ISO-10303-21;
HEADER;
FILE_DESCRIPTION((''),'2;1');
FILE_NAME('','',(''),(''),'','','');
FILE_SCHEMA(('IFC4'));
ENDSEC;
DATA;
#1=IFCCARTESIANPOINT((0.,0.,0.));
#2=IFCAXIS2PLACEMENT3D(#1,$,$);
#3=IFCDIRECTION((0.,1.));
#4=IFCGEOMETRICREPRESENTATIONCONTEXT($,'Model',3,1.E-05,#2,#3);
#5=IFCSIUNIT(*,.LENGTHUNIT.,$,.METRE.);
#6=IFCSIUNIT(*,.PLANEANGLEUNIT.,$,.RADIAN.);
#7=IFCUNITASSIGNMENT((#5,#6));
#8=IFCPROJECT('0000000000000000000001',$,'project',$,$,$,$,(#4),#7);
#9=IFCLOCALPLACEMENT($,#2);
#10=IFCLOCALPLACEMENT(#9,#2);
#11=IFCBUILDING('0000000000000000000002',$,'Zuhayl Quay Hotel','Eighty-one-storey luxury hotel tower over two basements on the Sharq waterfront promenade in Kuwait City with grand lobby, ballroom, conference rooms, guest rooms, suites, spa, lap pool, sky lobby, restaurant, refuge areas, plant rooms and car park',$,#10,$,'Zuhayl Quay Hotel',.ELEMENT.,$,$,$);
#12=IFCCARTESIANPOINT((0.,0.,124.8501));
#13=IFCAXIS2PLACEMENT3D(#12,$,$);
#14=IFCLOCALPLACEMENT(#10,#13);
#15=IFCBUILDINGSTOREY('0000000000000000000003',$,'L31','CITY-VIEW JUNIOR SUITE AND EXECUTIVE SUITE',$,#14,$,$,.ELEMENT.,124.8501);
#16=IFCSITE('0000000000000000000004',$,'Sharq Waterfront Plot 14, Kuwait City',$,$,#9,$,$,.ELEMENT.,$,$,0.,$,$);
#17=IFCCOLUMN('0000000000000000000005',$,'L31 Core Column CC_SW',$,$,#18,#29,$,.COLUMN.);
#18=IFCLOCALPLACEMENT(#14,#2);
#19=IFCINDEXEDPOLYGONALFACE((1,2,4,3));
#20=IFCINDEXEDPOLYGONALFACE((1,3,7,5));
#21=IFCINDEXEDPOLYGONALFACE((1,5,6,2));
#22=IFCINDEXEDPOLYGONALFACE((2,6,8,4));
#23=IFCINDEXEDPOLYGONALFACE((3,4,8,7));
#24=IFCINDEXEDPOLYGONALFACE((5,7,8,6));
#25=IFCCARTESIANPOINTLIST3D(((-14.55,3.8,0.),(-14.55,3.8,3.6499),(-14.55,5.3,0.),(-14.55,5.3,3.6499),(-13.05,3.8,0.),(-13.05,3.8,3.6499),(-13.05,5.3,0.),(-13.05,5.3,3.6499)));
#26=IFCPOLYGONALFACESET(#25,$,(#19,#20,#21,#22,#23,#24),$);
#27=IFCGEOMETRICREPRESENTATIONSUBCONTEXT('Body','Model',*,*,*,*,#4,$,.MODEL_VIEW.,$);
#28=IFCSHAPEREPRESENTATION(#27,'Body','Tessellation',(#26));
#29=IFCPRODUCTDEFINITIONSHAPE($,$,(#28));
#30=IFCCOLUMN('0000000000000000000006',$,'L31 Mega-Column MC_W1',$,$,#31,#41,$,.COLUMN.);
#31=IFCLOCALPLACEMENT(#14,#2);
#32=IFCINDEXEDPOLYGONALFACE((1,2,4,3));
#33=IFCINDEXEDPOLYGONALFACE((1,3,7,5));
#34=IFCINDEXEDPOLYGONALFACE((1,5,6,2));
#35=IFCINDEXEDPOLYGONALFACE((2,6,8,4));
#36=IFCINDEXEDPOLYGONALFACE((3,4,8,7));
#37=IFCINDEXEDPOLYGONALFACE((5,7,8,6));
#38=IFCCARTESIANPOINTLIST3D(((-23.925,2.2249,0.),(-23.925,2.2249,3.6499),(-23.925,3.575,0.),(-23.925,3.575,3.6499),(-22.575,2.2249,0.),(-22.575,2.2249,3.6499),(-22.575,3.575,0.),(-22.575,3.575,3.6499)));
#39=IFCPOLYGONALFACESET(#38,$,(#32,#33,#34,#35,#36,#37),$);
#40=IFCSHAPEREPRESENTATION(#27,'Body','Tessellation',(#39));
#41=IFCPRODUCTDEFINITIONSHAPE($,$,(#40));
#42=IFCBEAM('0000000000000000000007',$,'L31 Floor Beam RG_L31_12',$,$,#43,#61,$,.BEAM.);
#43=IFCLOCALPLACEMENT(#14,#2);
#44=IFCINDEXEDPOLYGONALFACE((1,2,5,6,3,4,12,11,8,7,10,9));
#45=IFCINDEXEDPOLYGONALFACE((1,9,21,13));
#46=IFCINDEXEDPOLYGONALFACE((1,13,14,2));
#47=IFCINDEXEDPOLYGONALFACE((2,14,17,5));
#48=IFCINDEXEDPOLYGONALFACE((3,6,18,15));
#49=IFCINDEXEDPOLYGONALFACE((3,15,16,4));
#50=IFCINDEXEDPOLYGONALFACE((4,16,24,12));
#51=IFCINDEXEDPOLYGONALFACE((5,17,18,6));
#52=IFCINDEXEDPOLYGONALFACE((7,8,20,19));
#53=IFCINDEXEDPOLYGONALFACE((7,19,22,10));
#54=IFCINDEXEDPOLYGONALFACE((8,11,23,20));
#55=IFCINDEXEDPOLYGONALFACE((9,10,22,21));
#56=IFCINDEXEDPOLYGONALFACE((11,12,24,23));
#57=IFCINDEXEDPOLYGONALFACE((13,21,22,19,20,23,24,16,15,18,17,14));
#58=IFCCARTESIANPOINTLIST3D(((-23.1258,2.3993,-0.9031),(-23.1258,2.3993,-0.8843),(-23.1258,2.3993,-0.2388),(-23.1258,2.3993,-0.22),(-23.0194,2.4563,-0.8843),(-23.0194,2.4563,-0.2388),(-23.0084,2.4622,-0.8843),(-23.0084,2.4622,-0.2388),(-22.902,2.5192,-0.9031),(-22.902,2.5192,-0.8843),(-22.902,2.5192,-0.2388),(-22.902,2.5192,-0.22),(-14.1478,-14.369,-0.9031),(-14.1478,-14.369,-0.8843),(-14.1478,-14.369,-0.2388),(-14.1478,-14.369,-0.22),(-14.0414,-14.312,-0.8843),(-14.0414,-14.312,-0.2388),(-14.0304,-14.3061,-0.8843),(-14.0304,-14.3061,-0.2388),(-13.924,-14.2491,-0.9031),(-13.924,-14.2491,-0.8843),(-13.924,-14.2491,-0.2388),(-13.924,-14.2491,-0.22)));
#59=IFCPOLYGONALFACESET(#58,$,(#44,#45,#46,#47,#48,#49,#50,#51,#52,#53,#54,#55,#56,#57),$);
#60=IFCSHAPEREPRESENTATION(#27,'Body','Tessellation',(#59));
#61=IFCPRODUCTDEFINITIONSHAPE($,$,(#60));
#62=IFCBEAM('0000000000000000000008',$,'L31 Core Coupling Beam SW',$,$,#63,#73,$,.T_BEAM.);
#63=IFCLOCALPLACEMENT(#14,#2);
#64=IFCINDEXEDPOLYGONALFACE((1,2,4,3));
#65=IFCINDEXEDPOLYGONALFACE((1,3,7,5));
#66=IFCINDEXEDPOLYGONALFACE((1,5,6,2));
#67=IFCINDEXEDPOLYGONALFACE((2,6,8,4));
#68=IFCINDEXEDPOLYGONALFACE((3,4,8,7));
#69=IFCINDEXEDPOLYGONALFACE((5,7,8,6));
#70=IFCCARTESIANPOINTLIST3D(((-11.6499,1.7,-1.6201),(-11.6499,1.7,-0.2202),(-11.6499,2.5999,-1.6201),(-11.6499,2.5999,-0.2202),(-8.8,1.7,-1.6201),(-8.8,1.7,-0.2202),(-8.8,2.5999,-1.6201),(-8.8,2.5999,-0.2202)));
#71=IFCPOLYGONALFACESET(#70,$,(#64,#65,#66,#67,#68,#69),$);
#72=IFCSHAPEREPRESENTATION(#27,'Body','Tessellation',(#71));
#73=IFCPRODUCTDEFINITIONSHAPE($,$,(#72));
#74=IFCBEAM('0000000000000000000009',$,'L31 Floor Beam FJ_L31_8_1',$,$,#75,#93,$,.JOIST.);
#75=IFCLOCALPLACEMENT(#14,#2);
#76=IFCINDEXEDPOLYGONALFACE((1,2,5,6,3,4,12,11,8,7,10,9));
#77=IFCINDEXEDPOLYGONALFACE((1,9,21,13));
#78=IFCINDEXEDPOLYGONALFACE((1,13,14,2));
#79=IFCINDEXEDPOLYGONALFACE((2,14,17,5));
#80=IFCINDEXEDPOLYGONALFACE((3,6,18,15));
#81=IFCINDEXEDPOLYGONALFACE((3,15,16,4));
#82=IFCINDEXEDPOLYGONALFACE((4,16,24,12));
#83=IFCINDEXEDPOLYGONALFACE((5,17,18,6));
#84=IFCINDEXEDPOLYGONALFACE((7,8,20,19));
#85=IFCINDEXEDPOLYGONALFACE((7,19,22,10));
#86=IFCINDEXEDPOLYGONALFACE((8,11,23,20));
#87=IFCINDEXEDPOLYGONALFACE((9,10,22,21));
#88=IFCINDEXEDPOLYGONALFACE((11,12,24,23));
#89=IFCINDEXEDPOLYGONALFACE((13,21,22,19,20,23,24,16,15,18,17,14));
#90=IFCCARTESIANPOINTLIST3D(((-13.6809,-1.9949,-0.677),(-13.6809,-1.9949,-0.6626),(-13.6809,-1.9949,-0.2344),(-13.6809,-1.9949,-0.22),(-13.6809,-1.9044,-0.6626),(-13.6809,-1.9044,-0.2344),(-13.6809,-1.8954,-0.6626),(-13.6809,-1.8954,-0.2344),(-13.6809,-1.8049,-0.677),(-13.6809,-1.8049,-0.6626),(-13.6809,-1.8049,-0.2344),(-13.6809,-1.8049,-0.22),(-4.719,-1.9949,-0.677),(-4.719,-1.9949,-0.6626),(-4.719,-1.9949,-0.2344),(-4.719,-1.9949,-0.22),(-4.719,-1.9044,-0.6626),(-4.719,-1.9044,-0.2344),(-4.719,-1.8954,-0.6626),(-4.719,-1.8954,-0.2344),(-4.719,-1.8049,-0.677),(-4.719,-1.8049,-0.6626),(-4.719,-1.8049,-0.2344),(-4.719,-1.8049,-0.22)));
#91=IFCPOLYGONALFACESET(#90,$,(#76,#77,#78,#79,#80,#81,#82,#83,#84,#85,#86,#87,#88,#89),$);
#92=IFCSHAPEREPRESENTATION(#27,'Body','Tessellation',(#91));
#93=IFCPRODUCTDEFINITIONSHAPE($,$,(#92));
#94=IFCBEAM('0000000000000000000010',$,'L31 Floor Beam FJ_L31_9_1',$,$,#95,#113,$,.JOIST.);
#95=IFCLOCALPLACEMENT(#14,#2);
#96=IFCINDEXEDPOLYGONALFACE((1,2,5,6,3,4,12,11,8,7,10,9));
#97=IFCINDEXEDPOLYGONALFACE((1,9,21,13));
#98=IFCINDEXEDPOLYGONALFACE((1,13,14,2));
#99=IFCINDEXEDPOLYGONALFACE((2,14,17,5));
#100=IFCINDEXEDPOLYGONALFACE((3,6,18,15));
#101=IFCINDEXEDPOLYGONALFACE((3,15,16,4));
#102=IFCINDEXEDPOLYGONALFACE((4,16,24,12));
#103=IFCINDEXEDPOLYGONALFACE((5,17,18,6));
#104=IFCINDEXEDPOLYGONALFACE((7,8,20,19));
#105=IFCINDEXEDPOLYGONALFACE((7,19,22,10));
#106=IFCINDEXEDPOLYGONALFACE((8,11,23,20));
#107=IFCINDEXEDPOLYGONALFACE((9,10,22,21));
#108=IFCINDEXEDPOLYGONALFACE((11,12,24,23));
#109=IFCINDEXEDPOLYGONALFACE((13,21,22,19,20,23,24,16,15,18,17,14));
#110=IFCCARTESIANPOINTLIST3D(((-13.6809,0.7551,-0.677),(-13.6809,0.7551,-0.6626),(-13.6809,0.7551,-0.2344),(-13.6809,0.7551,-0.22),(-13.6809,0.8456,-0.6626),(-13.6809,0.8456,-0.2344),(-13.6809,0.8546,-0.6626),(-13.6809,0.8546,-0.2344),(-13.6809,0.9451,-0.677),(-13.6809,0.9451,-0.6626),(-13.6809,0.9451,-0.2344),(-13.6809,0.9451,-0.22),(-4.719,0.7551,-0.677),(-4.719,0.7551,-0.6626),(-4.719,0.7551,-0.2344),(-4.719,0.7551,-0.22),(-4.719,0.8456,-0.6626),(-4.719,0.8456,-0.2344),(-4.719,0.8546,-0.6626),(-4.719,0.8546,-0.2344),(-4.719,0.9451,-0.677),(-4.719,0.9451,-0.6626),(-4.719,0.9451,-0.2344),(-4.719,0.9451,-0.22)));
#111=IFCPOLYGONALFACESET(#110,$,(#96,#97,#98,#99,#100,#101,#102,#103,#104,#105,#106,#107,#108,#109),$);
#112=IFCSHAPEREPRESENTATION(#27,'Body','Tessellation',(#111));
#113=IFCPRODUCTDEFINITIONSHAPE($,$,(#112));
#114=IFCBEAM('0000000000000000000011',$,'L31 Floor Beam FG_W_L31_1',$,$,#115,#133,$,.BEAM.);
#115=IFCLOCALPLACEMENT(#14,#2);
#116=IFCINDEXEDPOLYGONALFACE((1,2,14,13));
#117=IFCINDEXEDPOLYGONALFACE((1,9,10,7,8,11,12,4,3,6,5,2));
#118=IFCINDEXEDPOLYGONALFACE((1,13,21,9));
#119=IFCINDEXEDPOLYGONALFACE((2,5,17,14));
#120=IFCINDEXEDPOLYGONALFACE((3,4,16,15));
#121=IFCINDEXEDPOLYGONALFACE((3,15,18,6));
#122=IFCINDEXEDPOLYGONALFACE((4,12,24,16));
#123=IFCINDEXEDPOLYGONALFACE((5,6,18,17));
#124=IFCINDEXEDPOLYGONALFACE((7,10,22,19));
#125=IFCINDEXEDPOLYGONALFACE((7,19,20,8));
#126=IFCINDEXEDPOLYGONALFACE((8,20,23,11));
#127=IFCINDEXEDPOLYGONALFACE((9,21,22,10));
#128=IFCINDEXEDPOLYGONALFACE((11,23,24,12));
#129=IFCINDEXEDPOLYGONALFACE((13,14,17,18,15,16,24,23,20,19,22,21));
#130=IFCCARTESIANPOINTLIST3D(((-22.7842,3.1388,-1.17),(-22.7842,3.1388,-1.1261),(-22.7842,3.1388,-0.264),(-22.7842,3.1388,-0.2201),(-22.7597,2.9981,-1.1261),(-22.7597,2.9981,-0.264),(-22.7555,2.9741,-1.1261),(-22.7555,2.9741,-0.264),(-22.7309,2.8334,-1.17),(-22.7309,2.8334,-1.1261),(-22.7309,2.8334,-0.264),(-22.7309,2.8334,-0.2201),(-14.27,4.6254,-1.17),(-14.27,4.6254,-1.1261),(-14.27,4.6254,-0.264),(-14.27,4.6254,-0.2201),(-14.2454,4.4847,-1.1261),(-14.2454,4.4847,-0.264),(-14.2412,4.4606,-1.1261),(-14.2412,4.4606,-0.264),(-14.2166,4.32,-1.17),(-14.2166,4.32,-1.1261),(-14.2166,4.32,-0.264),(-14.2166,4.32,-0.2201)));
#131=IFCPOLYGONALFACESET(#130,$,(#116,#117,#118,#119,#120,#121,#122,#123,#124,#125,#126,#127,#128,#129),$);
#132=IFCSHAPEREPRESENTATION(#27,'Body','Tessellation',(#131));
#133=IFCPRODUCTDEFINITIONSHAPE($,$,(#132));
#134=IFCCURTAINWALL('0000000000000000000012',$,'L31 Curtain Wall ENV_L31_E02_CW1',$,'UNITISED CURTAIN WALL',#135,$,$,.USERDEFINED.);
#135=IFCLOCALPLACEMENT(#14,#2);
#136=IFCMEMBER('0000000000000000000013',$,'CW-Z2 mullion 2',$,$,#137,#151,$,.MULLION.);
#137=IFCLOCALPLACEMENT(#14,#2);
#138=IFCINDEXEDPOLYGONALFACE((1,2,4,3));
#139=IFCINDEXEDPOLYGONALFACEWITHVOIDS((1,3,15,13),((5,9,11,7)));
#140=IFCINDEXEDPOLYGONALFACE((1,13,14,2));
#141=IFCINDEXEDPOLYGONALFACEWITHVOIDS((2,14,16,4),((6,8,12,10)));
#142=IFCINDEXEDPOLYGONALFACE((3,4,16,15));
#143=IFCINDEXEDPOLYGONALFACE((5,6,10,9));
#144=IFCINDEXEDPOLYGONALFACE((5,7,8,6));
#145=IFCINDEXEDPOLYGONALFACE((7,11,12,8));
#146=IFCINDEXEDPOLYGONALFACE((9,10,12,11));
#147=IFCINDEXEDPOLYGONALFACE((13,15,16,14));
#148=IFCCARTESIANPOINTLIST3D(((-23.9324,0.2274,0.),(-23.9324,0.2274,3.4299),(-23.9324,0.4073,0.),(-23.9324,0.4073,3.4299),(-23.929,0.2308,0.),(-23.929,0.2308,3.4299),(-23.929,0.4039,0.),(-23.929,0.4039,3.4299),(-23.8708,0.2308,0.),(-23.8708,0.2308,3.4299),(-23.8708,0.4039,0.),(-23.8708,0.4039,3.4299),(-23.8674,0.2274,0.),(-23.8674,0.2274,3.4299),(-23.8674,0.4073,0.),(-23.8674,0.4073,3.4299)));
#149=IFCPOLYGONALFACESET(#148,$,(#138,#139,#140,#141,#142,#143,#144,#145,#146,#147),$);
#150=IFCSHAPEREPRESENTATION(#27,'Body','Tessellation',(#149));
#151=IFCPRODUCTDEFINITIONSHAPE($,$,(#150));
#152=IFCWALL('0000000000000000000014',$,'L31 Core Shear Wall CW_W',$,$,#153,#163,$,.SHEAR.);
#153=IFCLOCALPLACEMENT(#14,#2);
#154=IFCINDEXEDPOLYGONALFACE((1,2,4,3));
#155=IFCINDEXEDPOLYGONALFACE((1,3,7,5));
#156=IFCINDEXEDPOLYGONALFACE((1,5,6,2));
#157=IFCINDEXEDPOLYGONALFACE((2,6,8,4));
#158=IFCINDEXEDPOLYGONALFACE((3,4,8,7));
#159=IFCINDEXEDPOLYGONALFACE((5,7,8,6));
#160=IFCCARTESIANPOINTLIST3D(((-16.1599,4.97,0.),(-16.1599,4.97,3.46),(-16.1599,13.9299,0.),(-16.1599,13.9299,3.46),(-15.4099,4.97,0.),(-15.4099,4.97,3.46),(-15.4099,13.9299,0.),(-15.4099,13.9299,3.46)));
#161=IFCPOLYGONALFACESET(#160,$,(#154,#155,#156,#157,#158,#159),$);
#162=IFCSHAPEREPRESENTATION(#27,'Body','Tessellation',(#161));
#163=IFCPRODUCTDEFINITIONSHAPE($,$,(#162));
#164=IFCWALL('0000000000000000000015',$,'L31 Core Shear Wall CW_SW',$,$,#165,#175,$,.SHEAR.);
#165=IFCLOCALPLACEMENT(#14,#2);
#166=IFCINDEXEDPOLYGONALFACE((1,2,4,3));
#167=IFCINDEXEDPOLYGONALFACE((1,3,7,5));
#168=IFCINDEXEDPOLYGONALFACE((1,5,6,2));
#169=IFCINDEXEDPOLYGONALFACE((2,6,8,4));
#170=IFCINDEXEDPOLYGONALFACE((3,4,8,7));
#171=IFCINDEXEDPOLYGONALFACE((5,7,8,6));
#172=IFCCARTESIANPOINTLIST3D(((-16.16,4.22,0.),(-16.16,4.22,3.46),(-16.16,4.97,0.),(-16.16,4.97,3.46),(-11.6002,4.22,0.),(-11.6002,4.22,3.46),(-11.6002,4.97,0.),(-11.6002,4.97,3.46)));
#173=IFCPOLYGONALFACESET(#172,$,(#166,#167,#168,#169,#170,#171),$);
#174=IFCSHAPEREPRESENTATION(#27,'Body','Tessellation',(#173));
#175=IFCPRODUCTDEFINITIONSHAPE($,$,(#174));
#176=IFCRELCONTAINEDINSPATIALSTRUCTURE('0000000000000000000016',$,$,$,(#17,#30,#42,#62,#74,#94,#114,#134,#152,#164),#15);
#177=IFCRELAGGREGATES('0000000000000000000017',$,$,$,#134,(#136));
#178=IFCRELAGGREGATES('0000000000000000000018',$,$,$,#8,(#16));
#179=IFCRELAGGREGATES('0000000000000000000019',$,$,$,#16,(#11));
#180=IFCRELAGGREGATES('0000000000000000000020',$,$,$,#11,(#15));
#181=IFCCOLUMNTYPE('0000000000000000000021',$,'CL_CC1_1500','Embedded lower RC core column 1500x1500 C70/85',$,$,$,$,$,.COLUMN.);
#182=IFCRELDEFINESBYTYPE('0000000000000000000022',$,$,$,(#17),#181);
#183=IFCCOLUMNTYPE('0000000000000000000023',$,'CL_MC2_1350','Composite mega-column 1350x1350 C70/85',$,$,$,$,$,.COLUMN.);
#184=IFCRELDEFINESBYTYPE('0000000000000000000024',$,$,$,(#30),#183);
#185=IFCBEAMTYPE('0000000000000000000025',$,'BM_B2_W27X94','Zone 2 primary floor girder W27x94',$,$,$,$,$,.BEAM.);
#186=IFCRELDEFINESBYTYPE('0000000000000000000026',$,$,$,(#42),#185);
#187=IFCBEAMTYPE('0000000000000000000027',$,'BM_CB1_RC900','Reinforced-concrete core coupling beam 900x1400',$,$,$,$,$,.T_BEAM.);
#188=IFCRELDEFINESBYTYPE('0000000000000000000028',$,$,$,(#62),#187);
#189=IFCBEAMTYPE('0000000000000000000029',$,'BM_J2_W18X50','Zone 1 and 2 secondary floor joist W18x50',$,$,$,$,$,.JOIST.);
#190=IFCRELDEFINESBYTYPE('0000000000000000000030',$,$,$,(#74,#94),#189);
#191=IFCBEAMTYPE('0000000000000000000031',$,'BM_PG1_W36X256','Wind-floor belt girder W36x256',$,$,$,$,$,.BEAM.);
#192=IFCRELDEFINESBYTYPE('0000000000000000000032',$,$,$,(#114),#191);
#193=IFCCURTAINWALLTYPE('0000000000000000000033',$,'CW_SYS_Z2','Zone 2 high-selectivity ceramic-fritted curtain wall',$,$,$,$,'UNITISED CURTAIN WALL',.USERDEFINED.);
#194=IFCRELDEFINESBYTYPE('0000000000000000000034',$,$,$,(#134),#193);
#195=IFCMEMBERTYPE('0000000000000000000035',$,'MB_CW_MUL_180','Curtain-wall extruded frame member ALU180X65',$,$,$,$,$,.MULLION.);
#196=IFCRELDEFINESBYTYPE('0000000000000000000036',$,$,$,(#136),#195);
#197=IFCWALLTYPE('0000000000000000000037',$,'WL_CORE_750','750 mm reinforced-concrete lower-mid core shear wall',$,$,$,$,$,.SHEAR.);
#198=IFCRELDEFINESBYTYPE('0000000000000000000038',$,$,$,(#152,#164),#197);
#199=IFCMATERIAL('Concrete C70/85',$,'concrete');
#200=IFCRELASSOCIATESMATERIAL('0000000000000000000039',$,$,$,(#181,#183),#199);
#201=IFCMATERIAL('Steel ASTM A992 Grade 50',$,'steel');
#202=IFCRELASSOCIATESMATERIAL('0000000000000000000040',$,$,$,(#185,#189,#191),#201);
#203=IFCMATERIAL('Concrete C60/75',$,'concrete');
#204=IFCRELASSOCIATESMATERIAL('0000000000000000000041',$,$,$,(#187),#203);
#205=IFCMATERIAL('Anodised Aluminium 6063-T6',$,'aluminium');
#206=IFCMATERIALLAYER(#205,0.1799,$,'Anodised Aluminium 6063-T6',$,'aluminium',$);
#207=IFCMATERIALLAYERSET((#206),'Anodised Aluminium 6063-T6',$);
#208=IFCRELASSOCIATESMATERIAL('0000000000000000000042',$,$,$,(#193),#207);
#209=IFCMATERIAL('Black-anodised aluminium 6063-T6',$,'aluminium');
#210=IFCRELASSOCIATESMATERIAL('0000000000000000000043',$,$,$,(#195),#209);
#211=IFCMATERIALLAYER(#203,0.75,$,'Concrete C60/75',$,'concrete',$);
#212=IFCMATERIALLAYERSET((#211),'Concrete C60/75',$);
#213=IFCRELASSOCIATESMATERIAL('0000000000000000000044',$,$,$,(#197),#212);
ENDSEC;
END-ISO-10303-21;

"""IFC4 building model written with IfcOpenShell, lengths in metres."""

from ifc_helpers import new_model, si_unit, direction, frame, frame_2d, origin, origin_2d, place, context, subcontext, project, spatial, rectangle, hollow_rectangle, i_section, extrude, material, layer, layer_set, material_profile, profile_set, type_object, element, aggregate, save


model = new_model("IFC4")

# Units and contexts
model_context = context("Model", 3, precision=1e-05, world=origin(), true_north=direction((0.0, 1.0)))
body_context = subcontext(model_context, "Body", "Model", "MODEL_VIEW")
ifc_project = project(units=[si_unit("LENGTHUNIT", "METRE"), si_unit("PLANEANGLEUNIT", "RADIAN")], contexts=[model_context])

# Site, building, storey
site_placement = place(None, origin())
site = spatial("IfcSite", under=ifc_project, at=site_placement, Name="Sharq Waterfront Plot 14, Kuwait City", CompositionType="ELEMENT", RefElevation=0.0)
building_placement = place(site_placement, origin())
building = spatial("IfcBuilding", under=site, at=building_placement, Name="Zuhayl Quay Hotel", Description="Eighty-one-storey luxury hotel tower over two basements on the Sharq waterfront promenade in Kuwait City with grand lobby, ballroom, conference rooms, guest rooms, suites, spa, lap pool, sky lobby, restaurant, refuge areas, plant rooms and car park", LongName="Zuhayl Quay Hotel", CompositionType="ELEMENT")
storey_placement = place(building_placement, frame((0.0, 0.0, 124.8501)))
storey = spatial("IfcBuildingStorey", under=building, at=storey_placement, Name="L31", Description="CITY-VIEW JUNIOR SUITE AND EXECUTIVE SUITE", CompositionType="ELEMENT", Elevation=124.8501)

# Columns
ifc_material_1 = material(Name="Concrete C70/85", Category="concrete")
ifc_material_profile_1 = material_profile(ifc_material_1, rectangle(XDim=1.5, YDim=1.5, at=origin_2d()), Name="RC1500X1500")
ifc_profile_set_1 = profile_set([ifc_material_profile_1], Name="Concrete C70/85")
column_type_1 = type_object("IfcColumnType", Name="CL_CC1_1500", Description="Embedded lower RC core column 1500x1500 C70/85", PredefinedType="COLUMN", material=ifc_profile_set_1)
column_1_placement = place(storey_placement, frame((-13.8, 4.55, 0.0), z_axis=(0.0, 0.0, 1.0), x_axis=(1.0, 0.0, 0.0)))
element("IfcColumn", 1, at=column_1_placement, inside=storey, type_object=column_type_1, Name="L31 Core Column CC_SW", PredefinedType="COLUMN", context=body_context, shape_type="SweptSolid", body=[
    extrude(rectangle(XDim=1.5, YDim=1.5, at=origin_2d()), origin(), (0.0, 0.0, 1.0), 3.6499),
])
ifc_material_profile_2 = material_profile(ifc_material_1, rectangle(XDim=1.3501, YDim=1.3501, at=origin_2d()), Name="RC1350X1350")
ifc_profile_set_2 = profile_set([ifc_material_profile_2], Name="Concrete C70/85")
column_type_2 = type_object("IfcColumnType", Name="CL_MC2_1350", Description="Composite mega-column 1350x1350 C70/85", PredefinedType="COLUMN", material=ifc_profile_set_2)
column_2_placement = place(storey_placement, frame((-23.25, 2.8999, 0.0), z_axis=(0.0, 0.0, 1.0), x_axis=(1.0, 0.0, 0.0)))
element("IfcColumn", 2, at=column_2_placement, inside=storey, type_object=column_type_2, Name="L31 Mega-Column MC_W1", PredefinedType="COLUMN", context=body_context, shape_type="SweptSolid", body=[
    extrude(rectangle(XDim=1.3501, YDim=1.3501, at=origin_2d()), origin(), (0.0, 0.0, 1.0), 3.6499),
])

# Beams
ifc_material_2 = material(Name="Steel ASTM A992 Grade 50", Category="steel")
ifc_material_profile_3 = material_profile(ifc_material_2, i_section(OverallWidth=0.2539, OverallDepth=0.6831, WebThickness=0.0125, FlangeThickness=0.0188, at=origin_2d()), Name="W27X94")
ifc_profile_set_3 = profile_set([ifc_material_profile_3], Name="Steel ASTM A992 Grade 50")
beam_type_1 = type_object("IfcBeamType", Name="BM_B2_W27X94", Description="Zone 2 primary floor girder W27x94", PredefinedType="BEAM", material=ifc_profile_set_3)
beam_1_placement = place(storey_placement, frame((-23.0139, 2.4592, -0.5615), z_axis=(0.472017, -0.881589, 0.0), x_axis=(0.881589, 0.472017, 0.0)))
element("IfcBeam", 3, at=beam_1_placement, inside=storey, type_object=beam_type_1, Name="L31 Floor Beam RG_L31_12", PredefinedType="BEAM", context=body_context, shape_type="SweptSolid", body=[
    extrude(i_section(OverallWidth=0.2539, OverallDepth=0.6831, WebThickness=0.0125, FlangeThickness=0.0188, at=origin_2d()), origin(), (0.0, 0.0, 1.0), 19.0205),
])
ifc_material_3 = material(Name="Concrete C60/75", Category="concrete")
ifc_material_profile_4 = material_profile(ifc_material_3, rectangle(XDim=0.8999, YDim=1.3999, at=origin_2d()), Name="RC900X1400")
ifc_profile_set_4 = profile_set([ifc_material_profile_4], Name="Concrete C60/75")
beam_type_2 = type_object("IfcBeamType", Name="BM_CB1_RC900", Description="Reinforced-concrete core coupling beam 900x1400", PredefinedType="T_BEAM", material=ifc_profile_set_4)
beam_2_placement = place(storey_placement, frame((-11.6499, 2.1499, -0.9202), z_axis=(1.0, 0.0, 0.0), x_axis=(0.0, 1.0, 0.0)))
element("IfcBeam", 4, at=beam_2_placement, inside=storey, type_object=beam_type_2, Name="L31 Core Coupling Beam SW", PredefinedType="T_BEAM", context=body_context, shape_type="SweptSolid", body=[
    extrude(rectangle(XDim=0.8999, YDim=1.3999, at=origin_2d()), origin(), (0.0, 0.0, 1.0), 2.8499),
])
ifc_material_profile_5 = material_profile(ifc_material_2, i_section(OverallWidth=0.1899, OverallDepth=0.457, WebThickness=0.009, FlangeThickness=0.0144, at=origin_2d()), Name="W18X50")
ifc_profile_set_5 = profile_set([ifc_material_profile_5], Name="Steel ASTM A992 Grade 50")
beam_type_3 = type_object("IfcBeamType", Name="BM_J2_W18X50", Description="Zone 1 and 2 secondary floor joist W18x50", PredefinedType="JOIST", material=ifc_profile_set_5)
for number, where, z_axis, x_axis, name in (
    (5, (-13.6809, -1.8999, -0.4485), (1.0, 0.0, 0.0), (0.0, 1.0, 0.0), "L31 Floor Beam FJ_L31_8_1"),
    (6, (-13.6809, 0.8501, -0.4485), (1.0, 0.0, 0.0), (0.0, 1.0, 0.0), "L31 Floor Beam FJ_L31_9_1"),
):
    element("IfcBeam", number, at=place(storey_placement, frame(where, z_axis=z_axis, x_axis=x_axis)), inside=storey, type_object=beam_type_3, Name=name, PredefinedType="JOIST", context=body_context, shape_type="SweptSolid", body=[
        extrude(i_section(OverallWidth=0.1899, OverallDepth=0.457, WebThickness=0.009, FlangeThickness=0.0144, at=origin_2d()), origin(), (0.0, 0.0, 1.0), 8.9619),
    ])
ifc_material_profile_6 = material_profile(ifc_material_2, i_section(OverallWidth=0.3101, OverallDepth=0.95, WebThickness=0.0244, FlangeThickness=0.0439, at=origin_2d()), Name="W36X256")
ifc_profile_set_6 = profile_set([ifc_material_profile_6], Name="Steel ASTM A992 Grade 50")
beam_type_4 = type_object("IfcBeamType", Name="BM_PG1_W36X256", Description="Wind-floor belt girder W36x256", PredefinedType="BEAM", material=ifc_profile_set_6)
beam_3_placement = place(storey_placement, frame((-22.7576, 2.9861, -0.6951), z_axis=(0.985097, 0.171998, 0.0), x_axis=(-0.171998, 0.985097, 0.0)))
element("IfcBeam", 7, at=beam_3_placement, inside=storey, type_object=beam_type_4, Name="L31 Floor Beam FG_W_L31_1", PredefinedType="BEAM", context=body_context, shape_type="SweptSolid", body=[
    extrude(i_section(OverallWidth=0.3101, OverallDepth=0.95, WebThickness=0.0244, FlangeThickness=0.0439, at=origin_2d()), origin(), (0.0, 0.0, 1.0), 8.6431),
])

# Curtain wall, member
ifc_material_4 = material(Name="Anodised Aluminium 6063-T6", Category="aluminium")
ifc_layer_1 = layer(ifc_material_4, 0.1799, Name="Anodised Aluminium 6063-T6", Category="aluminium")
ifc_layer_set_1 = layer_set([ifc_layer_1], Name="Anodised Aluminium 6063-T6")
curtain_wall_type = type_object("IfcCurtainWallType", Name="CW_SYS_Z2", Description="Zone 2 high-selectivity ceramic-fritted curtain wall", ElementType="UNITISED CURTAIN WALL", PredefinedType="USERDEFINED", material=ifc_layer_set_1)
curtain_wall_placement = place(storey_placement, origin())
curtain_wall = element("IfcCurtainWall", 8, at=curtain_wall_placement, inside=storey, type_object=curtain_wall_type, Name="L31 Curtain Wall ENV_L31_E02_CW1", ObjectType="UNITISED CURTAIN WALL", PredefinedType="USERDEFINED")
ifc_material_5 = material(Name="Black-anodised aluminium 6063-T6", Category="aluminium")
ifc_material_profile_7 = material_profile(ifc_material_5, hollow_rectangle(XDim=0.0649, YDim=0.1799, WallThickness=0.0034, at=origin_2d()), Name="ALU180X65")
ifc_profile_set_7 = profile_set([ifc_material_profile_7], Name="Black-anodised aluminium 6063-T6")
member_type = type_object("IfcMemberType", Name="MB_CW_MUL_180", Description="Curtain-wall extruded frame member ALU180X65", PredefinedType="MULLION", material=ifc_profile_set_7)
member_placement = place(storey_placement, frame((-23.8999, 0.3174, 0.0), z_axis=(0.0, 0.0, 1.0), x_axis=(-1.0, 0.0, 0.0)))
member = element("IfcMember", 9, at=member_placement, type_object=member_type, Name="CW-Z2 mullion 2", PredefinedType="MULLION", context=body_context, shape_type="SweptSolid", body=[
    extrude(hollow_rectangle(XDim=0.0649, YDim=0.1799, WallThickness=0.0034, at=origin_2d()), origin(), (0.0, 0.0, 1.0), 3.4299),
])
aggregate(curtain_wall, [member])

# Walls
ifc_layer_2 = layer(ifc_material_3, 0.75, Name="Concrete C60/75", Category="concrete")
ifc_layer_set_2 = layer_set([ifc_layer_2], Name="Concrete C60/75")
wall_type_1 = type_object("IfcWallType", Name="WL_CORE_750", Description="750 mm reinforced-concrete lower-mid core shear wall", PredefinedType="SHEAR", material=ifc_layer_set_2)
wall_1_placement = place(storey_placement, frame((-15.7849, 4.97, 0.0), z_axis=(0.0, 0.0, 1.0), x_axis=(0.0, 1.0, 0.0)))
element("IfcWall", 10, at=wall_1_placement, inside=storey, type_object=wall_type_1, Name="L31 Core Shear Wall CW_W", PredefinedType="SHEAR", context=body_context, shape_type="SweptSolid", body=[
    extrude(rectangle(XDim=8.96, YDim=0.75, at=frame_2d((4.48, 0.0))), origin(), (0.0, 0.0, 1.0), 3.46),
])
wall_2_placement = place(storey_placement, frame((-16.1599, 4.595, 0.0), z_axis=(0.0, 0.0, 1.0), x_axis=(1.0, 0.0, 0.0)))
element("IfcWall", 11, at=wall_2_placement, inside=storey, type_object=wall_type_1, Name="L31 Core Shear Wall CW_SW", PredefinedType="SHEAR", context=body_context, shape_type="SweptSolid", body=[
    extrude(rectangle(XDim=4.5598, YDim=0.75, at=frame_2d((2.2798, 0.0))), origin(), (0.0, 0.0, 1.0), 3.46),
])

save(model, "model.ifc")
